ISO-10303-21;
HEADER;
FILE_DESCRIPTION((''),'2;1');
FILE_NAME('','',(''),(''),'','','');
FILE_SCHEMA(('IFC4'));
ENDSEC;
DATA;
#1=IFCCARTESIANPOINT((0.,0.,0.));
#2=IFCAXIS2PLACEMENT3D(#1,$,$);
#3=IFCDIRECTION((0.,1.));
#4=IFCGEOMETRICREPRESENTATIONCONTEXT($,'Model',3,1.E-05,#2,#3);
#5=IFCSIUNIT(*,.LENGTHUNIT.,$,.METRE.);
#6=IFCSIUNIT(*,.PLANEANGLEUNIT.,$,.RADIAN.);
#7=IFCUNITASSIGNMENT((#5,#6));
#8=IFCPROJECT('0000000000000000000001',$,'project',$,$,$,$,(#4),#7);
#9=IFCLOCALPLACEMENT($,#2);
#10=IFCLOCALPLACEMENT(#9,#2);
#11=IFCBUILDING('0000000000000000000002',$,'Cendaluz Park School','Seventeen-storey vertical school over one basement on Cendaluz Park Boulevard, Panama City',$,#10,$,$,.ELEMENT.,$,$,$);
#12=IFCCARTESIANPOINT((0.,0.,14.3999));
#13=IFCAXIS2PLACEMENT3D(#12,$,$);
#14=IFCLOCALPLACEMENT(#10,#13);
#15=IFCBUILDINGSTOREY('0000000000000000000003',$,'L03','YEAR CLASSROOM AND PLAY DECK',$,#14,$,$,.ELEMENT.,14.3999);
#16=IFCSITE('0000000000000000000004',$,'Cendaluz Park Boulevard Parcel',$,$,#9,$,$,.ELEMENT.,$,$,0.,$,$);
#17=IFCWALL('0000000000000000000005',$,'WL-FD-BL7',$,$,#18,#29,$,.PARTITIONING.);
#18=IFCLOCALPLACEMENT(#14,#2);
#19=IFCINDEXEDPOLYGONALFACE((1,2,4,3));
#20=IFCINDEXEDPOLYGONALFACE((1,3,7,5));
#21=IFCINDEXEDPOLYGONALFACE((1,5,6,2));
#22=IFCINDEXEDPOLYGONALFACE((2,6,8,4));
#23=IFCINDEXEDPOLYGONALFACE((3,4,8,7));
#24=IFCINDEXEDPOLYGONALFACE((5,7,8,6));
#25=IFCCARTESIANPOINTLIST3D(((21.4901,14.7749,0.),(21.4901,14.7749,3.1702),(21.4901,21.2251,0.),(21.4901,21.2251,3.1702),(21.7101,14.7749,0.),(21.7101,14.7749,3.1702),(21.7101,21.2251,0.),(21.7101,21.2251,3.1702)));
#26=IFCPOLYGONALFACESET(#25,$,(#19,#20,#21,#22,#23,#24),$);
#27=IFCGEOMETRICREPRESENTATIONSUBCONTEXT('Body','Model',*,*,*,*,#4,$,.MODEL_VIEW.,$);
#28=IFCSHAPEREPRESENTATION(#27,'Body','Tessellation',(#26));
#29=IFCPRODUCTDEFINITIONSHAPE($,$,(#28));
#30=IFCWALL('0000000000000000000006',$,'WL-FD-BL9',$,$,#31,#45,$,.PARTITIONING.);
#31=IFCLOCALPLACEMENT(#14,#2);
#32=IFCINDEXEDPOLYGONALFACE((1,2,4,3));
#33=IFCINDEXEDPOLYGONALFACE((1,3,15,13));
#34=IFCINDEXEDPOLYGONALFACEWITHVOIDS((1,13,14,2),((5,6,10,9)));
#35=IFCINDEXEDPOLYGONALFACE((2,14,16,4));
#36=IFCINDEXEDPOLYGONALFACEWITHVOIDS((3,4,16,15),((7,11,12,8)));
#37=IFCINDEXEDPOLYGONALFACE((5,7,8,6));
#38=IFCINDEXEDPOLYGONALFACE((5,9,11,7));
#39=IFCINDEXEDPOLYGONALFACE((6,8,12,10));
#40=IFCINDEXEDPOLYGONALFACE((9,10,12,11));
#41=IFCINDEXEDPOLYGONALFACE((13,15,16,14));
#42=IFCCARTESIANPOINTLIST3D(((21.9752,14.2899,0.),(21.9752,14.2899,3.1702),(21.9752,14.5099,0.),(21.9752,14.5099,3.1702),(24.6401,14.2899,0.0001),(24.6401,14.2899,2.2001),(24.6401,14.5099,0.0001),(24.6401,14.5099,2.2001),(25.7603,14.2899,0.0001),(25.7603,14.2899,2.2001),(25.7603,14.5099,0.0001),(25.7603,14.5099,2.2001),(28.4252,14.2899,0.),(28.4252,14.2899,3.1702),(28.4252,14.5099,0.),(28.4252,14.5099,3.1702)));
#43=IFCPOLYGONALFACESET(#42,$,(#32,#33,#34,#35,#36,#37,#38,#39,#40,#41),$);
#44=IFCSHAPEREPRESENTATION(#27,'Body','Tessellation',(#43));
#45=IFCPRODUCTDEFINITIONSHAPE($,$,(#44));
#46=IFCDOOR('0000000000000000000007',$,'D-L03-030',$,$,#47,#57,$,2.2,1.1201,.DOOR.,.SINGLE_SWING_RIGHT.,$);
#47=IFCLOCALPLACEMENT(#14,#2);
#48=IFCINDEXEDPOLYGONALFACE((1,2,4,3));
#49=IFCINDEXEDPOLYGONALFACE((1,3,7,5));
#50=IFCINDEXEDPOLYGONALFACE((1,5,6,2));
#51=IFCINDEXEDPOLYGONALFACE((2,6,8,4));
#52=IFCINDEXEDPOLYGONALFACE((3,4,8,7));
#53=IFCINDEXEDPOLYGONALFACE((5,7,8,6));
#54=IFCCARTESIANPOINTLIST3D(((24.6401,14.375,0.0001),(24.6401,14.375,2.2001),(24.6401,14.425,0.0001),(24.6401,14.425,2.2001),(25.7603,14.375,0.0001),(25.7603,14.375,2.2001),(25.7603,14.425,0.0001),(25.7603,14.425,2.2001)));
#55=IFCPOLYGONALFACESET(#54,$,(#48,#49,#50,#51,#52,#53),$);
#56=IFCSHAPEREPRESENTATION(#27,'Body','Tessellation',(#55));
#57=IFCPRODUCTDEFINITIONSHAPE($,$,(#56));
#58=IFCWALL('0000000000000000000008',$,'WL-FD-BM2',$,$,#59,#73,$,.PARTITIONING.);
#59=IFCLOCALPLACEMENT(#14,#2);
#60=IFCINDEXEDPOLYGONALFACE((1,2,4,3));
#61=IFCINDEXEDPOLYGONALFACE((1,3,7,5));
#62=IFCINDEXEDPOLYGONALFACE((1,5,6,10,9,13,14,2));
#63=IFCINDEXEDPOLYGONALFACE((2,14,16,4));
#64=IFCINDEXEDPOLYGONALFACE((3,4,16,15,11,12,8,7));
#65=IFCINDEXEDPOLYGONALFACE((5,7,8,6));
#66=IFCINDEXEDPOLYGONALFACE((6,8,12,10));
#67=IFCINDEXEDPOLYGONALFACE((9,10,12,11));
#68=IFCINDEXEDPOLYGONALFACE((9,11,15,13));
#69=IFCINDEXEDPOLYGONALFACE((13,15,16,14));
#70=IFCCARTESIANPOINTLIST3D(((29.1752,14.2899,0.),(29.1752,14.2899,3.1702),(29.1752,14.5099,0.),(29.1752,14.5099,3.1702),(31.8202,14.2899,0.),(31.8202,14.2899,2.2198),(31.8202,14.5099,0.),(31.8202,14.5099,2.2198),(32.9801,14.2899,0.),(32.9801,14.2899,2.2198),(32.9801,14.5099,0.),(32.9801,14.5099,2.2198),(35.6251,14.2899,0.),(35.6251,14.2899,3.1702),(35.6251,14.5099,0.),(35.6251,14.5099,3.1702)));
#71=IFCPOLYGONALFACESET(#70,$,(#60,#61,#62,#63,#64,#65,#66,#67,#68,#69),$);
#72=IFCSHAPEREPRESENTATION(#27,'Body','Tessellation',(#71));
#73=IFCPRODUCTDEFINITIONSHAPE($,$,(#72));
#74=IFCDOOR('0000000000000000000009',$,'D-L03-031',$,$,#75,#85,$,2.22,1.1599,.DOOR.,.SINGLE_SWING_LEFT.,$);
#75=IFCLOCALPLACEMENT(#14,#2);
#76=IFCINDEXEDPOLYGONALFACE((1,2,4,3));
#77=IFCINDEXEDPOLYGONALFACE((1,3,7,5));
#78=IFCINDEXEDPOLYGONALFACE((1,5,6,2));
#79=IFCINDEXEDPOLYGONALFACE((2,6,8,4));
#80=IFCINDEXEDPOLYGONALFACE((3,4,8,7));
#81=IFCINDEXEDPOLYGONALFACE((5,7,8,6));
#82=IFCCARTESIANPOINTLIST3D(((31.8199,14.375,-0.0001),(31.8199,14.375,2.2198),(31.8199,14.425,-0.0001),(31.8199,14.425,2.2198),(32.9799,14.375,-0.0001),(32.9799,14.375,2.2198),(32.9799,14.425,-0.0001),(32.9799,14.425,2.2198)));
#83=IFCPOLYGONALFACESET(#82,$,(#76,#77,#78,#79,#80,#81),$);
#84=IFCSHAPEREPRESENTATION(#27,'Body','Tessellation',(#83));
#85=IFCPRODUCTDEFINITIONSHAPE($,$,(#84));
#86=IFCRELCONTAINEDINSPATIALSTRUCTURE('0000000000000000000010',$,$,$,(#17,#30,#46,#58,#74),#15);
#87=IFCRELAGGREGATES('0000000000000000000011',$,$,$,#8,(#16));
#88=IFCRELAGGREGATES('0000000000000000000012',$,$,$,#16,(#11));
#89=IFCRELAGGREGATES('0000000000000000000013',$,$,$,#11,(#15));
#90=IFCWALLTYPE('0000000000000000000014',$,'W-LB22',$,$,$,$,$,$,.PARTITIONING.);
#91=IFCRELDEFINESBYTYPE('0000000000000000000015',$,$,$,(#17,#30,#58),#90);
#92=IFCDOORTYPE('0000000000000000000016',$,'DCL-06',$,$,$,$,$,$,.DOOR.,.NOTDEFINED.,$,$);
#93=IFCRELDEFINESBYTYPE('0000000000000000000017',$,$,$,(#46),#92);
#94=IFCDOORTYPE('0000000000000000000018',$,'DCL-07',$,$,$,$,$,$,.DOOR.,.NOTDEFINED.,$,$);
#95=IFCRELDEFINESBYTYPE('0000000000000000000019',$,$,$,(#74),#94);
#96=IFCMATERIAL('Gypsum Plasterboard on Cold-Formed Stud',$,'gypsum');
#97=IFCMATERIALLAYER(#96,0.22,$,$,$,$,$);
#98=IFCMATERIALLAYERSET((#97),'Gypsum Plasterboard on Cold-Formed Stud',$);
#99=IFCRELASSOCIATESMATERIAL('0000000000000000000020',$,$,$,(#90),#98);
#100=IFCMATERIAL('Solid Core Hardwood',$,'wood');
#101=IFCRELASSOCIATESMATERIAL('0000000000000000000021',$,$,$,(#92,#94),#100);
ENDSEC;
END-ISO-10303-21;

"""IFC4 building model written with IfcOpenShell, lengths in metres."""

from ifc_helpers import new_model, si_unit, direction, frame, frame_2d, origin, place, context, subcontext, project, spatial, rectangle, extrude, material, layer, layer_set, type_object, element, fill, save


model = new_model("IFC4")

# Units and contexts
model_context = context("Model", 3, precision=1e-05, world=origin(), true_north=direction((0.0, 1.0)))
body_context = subcontext(model_context, "Body", "Model", "MODEL_VIEW")
ifc_project = project(units=[si_unit("LENGTHUNIT", "METRE"), si_unit("PLANEANGLEUNIT", "RADIAN")], contexts=[model_context])

# Site, building, storey
site_placement = place(None, origin())
site = spatial("IfcSite", under=ifc_project, at=site_placement, Name="Cendaluz Park Boulevard Parcel", CompositionType="ELEMENT", RefElevation=0.0)
building_placement = place(site_placement, origin())
building = spatial("IfcBuilding", under=site, at=building_placement, Name="Cendaluz Park School", Description="Seventeen-storey vertical school over one basement on Cendaluz Park Boulevard, Panama City", CompositionType="ELEMENT")
storey_placement = place(building_placement, frame((0.0, 0.0, 14.3999)))
storey = spatial("IfcBuildingStorey", under=building, at=storey_placement, Name="L03", Description="YEAR CLASSROOM AND PLAY DECK", CompositionType="ELEMENT", Elevation=14.3999)

# Wall
ifc_material_1 = material(Name="Gypsum Plasterboard on Cold-Formed Stud", Category="gypsum")
ifc_layer_1 = layer(ifc_material_1, 0.22)
ifc_layer_set_1 = layer_set([ifc_layer_1], Name="Gypsum Plasterboard on Cold-Formed Stud")
wall_type_1 = type_object("IfcWallType", Name="W-LB22", PredefinedType="PARTITIONING", material=ifc_layer_set_1)
wall_1_placement = place(storey_placement, frame((21.6001, 14.7749, 0.0), z_axis=(0.0, 0.0, 1.0), x_axis=(0.0, 1.0, 0.0)))
element("IfcWall", 1, at=wall_1_placement, inside=storey, type_object=wall_type_1, Name="WL-FD-BL7", PredefinedType="PARTITIONING", context=body_context, shape_type="SweptSolid", body=[
    extrude(rectangle(XDim=6.4502, YDim=0.22, at=frame_2d((3.2251, 0.0))), origin(), (0.0, 0.0, 1.0), 3.1702),
])

# Walls, openings, doors
wall_2_placement = place(storey_placement, frame((21.9751, 14.3999, 0.0), z_axis=(0.0, 0.0, 1.0), x_axis=(1.0, 0.0, 0.0)))
wall_2 = element("IfcWall", 2, at=wall_2_placement, inside=storey, type_object=wall_type_1, Name="WL-FD-BL9", PredefinedType="PARTITIONING", context=body_context, shape_type="SweptSolid", body=[
    extrude(rectangle(XDim=6.45, YDim=0.22, at=frame_2d((3.2251, 0.0))), origin(), (0.0, 0.0, 1.0), 3.1702),
])
opening_1_placement = place(wall_2_placement, frame((2.665, 0.0, 0.0)))
opening_1 = element("IfcOpeningElement", 3, at=opening_1_placement, cuts=wall_2, PredefinedType="OPENING", context=body_context, shape_type="SweptSolid", body=[
    extrude(rectangle(XDim=1.1201, YDim=2.2, at=frame_2d((0.5601, 1.1001))), frame((0.0, 0.1221, 0.0), z_axis=(0.0, -1.0, 0.0), x_axis=(1.0, 0.0, 0.0)), (0.0, 0.0, 1.0), 0.2439),
])
ifc_material_2 = material(Name="Solid Core Hardwood", Category="wood")
door_type_1 = type_object("IfcDoorType", Name="DCL-06", OperationType="NOTDEFINED", PredefinedType="DOOR", material=ifc_material_2)
door_1_placement = place(opening_1_placement, frame((1.1201, 0.0, 0.0), z_axis=(0.0, 0.0, 1.0), x_axis=(-1.0, 0.0, 0.0)))
door_1 = element("IfcDoor", 4, at=door_1_placement, inside=storey, type_object=door_type_1, Name="D-L03-030", OperationType="SINGLE_SWING_RIGHT", OverallHeight=2.2, OverallWidth=1.1201, PredefinedType="DOOR", context=body_context, shape_type="SweptSolid", body=[
    extrude(rectangle(XDim=1.1201, YDim=2.2, at=frame_2d((0.5601, 1.1001))), frame((0.0, 0.0249, 0.0), z_axis=(0.0, -1.0, 0.0), x_axis=(1.0, 0.0, 0.0)), (0.0, 0.0, 1.0), 0.05),
])
fill(opening_1, door_1)
wall_3_placement = place(storey_placement, frame((29.175, 14.3999, 0.0), z_axis=(0.0, 0.0, 1.0), x_axis=(1.0, 0.0, 0.0)))
wall_3 = element("IfcWall", 5, at=wall_3_placement, inside=storey, type_object=wall_type_1, Name="WL-FD-BM2", PredefinedType="PARTITIONING", context=body_context, shape_type="SweptSolid", body=[
    extrude(rectangle(XDim=6.45, YDim=0.22, at=frame_2d((3.2251, 0.0))), origin(), (0.0, 0.0, 1.0), 3.1702),
])
opening_2_placement = place(wall_3_placement, frame((2.645, 0.0, 0.0)))
opening_2 = element("IfcOpeningElement", 6, at=opening_2_placement, cuts=wall_3, PredefinedType="OPENING", context=body_context, shape_type="SweptSolid", body=[
    extrude(rectangle(XDim=1.1599, YDim=2.22, at=frame_2d((0.5801, 1.1099))), frame((0.0, 0.1221, 0.0), z_axis=(0.0, -1.0, 0.0), x_axis=(1.0, 0.0, 0.0)), (0.0, 0.0, 1.0), 0.2439),
])
door_type_2 = type_object("IfcDoorType", Name="DCL-07", OperationType="NOTDEFINED", PredefinedType="DOOR", material=ifc_material_2)
door_2_placement = place(opening_2_placement, frame((1.1599, 0.0, 0.0), z_axis=(0.0, 0.0, 1.0), x_axis=(-1.0, 0.0, 0.0)))
door_2 = element("IfcDoor", 7, at=door_2_placement, inside=storey, type_object=door_type_2, Name="D-L03-031", OperationType="SINGLE_SWING_LEFT", OverallHeight=2.22, OverallWidth=1.1599, PredefinedType="DOOR", context=body_context, shape_type="SweptSolid", body=[
    extrude(rectangle(XDim=1.1599, YDim=2.22, at=frame_2d((0.5801, 1.1099))), frame((0.0, 0.0249, 0.0), z_axis=(0.0, -1.0, 0.0), x_axis=(1.0, 0.0, 0.0)), (0.0, 0.0, 1.0), 0.05),
])
fill(opening_2, door_2)

save(model, "model.ifc")
